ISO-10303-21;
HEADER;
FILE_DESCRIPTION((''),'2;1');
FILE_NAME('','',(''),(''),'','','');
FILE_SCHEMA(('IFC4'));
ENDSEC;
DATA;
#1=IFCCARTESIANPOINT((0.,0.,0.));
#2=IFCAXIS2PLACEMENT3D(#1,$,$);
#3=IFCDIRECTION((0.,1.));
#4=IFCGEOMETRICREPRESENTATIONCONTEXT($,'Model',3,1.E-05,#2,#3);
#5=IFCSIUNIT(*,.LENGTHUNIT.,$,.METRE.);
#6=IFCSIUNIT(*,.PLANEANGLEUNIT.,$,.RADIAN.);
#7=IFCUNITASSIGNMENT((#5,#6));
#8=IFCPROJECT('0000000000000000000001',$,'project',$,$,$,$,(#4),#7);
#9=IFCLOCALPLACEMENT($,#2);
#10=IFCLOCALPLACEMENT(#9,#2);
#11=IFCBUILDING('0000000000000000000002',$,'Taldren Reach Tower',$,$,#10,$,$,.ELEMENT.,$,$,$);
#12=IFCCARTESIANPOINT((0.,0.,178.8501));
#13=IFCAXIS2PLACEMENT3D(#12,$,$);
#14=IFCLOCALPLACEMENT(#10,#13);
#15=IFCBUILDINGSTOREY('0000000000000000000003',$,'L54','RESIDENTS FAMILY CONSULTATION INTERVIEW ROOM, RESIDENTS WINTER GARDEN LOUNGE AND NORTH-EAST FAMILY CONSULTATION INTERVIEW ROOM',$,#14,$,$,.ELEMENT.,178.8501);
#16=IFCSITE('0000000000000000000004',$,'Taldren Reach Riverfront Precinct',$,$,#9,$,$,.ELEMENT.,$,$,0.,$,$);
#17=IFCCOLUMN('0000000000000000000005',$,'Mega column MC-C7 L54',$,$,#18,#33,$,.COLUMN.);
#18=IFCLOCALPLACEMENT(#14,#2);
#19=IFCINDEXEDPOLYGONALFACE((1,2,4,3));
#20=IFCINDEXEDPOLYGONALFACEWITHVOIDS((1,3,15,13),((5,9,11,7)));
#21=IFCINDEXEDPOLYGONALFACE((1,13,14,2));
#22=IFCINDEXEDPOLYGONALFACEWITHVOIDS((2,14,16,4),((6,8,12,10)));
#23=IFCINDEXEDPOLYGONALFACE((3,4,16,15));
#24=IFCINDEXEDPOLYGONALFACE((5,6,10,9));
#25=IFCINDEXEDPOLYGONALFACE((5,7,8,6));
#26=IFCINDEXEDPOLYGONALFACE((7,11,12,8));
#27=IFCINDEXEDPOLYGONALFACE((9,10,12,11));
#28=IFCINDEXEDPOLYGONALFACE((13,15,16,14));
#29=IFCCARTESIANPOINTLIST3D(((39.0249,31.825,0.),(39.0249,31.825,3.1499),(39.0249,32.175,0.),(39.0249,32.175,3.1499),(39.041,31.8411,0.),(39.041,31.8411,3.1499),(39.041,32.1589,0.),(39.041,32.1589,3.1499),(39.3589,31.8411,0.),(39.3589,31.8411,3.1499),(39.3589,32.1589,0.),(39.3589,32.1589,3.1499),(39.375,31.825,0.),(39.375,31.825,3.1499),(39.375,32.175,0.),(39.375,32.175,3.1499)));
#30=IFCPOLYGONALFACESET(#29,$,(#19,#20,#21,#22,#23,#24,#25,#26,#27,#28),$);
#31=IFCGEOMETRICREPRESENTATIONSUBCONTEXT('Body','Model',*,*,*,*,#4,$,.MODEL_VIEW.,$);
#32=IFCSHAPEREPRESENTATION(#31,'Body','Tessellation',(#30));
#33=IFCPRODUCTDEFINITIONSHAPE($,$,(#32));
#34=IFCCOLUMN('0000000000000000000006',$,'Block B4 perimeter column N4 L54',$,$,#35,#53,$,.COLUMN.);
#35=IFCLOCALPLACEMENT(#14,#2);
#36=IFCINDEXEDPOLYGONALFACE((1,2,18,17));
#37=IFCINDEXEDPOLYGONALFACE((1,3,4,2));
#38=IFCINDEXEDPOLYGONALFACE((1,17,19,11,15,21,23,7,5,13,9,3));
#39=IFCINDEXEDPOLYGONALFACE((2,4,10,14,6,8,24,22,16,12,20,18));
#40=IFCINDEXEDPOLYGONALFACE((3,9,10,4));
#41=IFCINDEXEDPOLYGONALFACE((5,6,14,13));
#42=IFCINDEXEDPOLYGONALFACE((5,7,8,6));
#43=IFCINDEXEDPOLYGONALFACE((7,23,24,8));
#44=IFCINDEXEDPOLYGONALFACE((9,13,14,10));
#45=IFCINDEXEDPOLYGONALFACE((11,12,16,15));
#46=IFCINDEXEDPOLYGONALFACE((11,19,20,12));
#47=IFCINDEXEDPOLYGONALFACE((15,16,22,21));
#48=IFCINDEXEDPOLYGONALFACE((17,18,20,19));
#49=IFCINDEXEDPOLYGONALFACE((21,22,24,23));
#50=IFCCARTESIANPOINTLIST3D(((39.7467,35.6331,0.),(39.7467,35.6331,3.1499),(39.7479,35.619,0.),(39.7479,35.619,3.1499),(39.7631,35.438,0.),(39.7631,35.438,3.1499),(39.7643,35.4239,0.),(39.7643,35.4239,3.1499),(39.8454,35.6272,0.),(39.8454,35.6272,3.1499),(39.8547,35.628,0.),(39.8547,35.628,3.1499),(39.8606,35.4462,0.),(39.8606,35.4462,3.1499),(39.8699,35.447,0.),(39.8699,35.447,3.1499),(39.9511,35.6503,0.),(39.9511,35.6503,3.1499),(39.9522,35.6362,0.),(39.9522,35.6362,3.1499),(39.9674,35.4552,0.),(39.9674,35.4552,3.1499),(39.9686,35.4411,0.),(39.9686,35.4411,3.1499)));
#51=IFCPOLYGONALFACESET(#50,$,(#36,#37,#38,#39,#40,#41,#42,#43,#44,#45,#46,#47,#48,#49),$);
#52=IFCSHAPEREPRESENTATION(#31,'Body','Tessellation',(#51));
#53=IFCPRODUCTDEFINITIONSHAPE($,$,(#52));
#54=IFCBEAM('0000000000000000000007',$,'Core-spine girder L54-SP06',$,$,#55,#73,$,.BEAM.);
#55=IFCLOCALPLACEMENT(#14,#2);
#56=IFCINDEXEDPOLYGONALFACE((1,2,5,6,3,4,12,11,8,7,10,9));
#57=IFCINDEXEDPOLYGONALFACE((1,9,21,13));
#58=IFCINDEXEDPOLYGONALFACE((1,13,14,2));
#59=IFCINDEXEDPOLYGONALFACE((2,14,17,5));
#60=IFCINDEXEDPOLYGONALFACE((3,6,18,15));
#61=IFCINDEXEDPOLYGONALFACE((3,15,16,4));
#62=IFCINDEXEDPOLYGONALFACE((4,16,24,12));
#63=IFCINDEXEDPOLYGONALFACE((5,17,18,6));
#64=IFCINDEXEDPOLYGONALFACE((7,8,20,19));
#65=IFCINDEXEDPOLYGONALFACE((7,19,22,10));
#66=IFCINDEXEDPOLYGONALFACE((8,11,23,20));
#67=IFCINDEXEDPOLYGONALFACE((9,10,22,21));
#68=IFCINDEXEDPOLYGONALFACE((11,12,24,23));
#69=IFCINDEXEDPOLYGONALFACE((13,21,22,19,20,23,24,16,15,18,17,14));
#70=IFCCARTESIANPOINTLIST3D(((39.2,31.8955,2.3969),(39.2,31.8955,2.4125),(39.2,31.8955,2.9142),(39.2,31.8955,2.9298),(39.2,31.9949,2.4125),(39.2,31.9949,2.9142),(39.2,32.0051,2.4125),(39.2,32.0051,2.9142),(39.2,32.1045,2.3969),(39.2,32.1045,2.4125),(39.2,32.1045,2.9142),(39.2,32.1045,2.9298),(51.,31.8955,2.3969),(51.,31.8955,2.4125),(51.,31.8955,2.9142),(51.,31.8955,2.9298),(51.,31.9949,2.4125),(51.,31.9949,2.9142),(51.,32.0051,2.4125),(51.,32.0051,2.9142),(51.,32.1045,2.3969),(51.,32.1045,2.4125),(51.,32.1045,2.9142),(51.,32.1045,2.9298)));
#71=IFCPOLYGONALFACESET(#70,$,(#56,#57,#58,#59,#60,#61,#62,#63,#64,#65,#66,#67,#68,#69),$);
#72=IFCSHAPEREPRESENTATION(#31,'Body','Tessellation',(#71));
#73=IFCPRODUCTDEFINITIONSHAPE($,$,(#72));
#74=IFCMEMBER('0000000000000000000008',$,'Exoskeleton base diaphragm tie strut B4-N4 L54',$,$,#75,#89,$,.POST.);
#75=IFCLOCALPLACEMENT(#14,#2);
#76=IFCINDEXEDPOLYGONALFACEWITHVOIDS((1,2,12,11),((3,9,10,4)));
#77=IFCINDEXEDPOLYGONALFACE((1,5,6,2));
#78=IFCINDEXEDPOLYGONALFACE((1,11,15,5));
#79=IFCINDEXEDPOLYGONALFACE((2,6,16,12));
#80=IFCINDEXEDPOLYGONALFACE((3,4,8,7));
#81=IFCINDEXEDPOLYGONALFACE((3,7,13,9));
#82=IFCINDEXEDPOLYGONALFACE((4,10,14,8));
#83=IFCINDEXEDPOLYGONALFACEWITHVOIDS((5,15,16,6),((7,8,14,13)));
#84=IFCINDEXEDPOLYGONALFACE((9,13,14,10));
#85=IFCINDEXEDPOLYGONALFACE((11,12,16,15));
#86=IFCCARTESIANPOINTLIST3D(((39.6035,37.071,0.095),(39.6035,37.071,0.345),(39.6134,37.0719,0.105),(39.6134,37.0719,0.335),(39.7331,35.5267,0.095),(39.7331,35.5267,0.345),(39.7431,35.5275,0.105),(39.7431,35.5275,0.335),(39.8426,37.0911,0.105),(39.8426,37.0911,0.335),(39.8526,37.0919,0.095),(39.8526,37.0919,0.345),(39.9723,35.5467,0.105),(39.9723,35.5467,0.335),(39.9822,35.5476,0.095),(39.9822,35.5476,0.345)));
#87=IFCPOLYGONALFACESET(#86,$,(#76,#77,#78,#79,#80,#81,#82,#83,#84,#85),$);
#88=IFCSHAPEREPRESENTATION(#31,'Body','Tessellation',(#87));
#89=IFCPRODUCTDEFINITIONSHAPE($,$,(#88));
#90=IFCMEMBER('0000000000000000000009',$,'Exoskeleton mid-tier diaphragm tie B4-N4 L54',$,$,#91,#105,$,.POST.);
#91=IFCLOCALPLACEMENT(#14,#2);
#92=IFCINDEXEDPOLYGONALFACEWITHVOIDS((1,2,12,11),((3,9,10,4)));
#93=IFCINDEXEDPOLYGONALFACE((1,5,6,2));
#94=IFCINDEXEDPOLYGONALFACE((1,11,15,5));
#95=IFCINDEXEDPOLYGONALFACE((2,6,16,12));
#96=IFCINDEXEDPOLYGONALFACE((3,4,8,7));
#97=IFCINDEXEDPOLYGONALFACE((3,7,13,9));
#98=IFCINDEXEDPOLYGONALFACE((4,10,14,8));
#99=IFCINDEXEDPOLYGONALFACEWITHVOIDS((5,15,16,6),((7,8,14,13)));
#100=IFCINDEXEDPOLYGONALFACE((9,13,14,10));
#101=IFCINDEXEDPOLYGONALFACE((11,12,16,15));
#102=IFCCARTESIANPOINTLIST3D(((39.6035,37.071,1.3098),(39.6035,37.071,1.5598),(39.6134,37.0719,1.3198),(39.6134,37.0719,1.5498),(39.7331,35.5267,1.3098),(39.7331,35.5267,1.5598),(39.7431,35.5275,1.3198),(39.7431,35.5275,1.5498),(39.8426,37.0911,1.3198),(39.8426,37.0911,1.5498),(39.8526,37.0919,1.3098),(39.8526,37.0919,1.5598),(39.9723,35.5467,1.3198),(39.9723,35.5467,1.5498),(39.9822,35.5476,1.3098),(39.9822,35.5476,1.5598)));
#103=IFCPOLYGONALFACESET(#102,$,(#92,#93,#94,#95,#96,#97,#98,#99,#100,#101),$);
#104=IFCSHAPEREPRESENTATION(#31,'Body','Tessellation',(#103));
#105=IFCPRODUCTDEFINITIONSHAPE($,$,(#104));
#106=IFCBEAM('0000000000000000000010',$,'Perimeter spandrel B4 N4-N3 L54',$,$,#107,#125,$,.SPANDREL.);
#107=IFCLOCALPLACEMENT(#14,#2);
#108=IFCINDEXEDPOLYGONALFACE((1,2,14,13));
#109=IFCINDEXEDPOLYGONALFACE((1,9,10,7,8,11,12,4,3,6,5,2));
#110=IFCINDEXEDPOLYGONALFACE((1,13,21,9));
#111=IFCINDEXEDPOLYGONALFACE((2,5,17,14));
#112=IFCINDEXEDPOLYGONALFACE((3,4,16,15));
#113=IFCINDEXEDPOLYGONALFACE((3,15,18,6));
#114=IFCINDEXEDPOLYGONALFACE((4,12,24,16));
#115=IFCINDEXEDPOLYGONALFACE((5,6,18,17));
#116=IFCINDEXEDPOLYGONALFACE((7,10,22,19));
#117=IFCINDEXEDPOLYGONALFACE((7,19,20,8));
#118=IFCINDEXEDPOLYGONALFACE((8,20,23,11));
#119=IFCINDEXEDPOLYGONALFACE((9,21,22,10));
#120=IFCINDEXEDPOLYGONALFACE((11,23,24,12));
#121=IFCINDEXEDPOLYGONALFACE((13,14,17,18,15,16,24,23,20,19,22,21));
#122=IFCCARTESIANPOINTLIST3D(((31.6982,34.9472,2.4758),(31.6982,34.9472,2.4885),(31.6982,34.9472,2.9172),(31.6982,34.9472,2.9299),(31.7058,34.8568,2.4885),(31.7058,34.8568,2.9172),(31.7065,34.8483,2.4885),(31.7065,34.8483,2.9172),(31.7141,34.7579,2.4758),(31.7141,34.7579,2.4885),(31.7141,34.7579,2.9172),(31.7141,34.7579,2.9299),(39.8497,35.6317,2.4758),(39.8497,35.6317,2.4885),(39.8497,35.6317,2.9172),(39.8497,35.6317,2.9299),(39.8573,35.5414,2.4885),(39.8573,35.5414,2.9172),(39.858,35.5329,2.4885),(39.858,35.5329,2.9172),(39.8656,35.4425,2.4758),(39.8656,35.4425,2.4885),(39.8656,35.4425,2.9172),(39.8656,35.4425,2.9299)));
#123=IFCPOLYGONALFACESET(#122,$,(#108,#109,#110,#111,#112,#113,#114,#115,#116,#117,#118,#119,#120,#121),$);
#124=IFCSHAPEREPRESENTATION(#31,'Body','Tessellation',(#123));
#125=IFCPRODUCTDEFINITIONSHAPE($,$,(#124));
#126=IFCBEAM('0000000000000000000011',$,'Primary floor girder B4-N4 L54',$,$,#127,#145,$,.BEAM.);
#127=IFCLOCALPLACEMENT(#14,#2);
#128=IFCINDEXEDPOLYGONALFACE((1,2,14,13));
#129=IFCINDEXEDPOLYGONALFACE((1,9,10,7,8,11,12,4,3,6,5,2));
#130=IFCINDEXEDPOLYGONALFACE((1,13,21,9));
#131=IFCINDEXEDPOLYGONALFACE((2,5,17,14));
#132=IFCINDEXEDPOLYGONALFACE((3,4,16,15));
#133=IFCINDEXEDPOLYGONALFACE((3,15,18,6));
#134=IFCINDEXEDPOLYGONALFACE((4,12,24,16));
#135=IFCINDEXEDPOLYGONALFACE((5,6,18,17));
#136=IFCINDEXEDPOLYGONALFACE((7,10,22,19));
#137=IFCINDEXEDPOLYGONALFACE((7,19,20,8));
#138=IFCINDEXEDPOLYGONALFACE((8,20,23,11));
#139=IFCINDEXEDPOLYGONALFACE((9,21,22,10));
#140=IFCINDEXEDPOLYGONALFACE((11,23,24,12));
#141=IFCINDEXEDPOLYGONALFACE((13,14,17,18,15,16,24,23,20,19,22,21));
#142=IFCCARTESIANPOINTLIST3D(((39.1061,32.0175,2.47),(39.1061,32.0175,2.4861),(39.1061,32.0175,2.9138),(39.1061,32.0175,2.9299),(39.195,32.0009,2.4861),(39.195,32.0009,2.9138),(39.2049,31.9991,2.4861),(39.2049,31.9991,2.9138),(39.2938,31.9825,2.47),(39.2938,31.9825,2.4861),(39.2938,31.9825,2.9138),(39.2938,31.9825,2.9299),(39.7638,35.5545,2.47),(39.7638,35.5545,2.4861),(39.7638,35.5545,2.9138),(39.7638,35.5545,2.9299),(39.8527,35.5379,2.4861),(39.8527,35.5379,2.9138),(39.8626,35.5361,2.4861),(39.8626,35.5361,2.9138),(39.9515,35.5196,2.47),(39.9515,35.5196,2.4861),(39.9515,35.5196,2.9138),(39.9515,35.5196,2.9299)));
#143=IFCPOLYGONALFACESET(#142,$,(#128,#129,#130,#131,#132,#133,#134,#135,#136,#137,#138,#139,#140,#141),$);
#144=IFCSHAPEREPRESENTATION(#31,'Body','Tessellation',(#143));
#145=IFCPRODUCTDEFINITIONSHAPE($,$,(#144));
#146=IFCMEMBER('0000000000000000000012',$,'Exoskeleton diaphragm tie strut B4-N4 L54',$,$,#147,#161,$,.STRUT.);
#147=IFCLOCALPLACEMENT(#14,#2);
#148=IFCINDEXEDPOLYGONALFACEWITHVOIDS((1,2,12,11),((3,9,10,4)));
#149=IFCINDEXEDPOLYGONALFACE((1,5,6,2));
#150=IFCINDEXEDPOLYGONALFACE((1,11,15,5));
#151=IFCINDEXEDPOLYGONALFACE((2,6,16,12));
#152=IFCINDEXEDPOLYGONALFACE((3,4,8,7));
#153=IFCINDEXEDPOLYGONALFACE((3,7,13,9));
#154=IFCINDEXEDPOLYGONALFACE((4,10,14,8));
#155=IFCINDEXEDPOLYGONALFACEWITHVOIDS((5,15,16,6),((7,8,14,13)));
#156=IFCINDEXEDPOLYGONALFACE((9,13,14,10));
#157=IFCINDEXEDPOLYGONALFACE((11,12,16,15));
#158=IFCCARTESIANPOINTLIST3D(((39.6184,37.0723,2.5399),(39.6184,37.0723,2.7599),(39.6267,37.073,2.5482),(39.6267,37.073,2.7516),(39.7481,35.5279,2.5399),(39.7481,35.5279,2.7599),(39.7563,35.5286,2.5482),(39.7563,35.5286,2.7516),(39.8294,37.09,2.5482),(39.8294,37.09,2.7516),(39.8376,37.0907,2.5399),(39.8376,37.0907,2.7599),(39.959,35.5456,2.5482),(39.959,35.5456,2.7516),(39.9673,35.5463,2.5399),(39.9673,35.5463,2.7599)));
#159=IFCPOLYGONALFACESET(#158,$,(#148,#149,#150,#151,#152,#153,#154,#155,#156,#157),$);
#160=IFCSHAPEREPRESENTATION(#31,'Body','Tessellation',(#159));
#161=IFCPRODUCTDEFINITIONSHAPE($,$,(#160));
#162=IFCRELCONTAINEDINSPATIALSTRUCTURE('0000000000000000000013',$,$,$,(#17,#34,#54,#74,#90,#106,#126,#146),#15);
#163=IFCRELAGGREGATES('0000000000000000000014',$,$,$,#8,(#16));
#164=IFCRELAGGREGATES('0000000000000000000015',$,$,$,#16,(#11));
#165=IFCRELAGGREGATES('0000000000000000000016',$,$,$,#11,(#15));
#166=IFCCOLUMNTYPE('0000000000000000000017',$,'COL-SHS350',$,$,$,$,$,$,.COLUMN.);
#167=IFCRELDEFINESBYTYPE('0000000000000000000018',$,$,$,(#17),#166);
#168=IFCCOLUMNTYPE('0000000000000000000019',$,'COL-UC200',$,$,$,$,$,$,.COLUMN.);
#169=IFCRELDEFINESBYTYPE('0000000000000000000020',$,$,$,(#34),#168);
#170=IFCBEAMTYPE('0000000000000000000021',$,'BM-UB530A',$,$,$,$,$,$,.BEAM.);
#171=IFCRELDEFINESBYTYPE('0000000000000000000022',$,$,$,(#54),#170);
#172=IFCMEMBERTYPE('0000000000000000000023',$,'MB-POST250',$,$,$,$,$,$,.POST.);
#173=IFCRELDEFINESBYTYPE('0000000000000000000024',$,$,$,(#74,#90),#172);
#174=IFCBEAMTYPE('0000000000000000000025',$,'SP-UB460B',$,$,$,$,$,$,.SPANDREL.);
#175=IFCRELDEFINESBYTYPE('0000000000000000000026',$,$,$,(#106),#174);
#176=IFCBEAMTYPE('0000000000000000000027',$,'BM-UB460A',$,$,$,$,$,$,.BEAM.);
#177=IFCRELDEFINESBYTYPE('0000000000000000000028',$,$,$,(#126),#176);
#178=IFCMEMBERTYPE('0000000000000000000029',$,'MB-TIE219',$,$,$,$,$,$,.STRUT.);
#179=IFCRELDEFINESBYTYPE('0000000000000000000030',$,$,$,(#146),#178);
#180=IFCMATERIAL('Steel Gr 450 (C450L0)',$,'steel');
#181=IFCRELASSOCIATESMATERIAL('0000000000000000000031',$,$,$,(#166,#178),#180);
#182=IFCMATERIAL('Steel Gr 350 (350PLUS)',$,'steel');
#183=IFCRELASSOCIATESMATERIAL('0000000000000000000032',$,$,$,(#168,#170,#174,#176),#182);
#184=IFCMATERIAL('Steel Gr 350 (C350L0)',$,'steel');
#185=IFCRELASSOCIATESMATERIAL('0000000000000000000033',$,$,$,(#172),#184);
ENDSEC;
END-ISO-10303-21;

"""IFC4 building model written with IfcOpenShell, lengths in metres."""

from ifc_helpers import new_model, si_unit, direction, frame, origin, origin_2d, place, context, subcontext, project, spatial, hollow_rectangle, i_section, extrude, source, transform, mapped, material, material_profile, profile_set, type_object, element, save


model = new_model("IFC4")

# Units and contexts
model_context = context("Model", 3, precision=1e-05, world=origin(), true_north=direction((0.0, 1.0)))
body_context = subcontext(model_context, "Body", "Model", "MODEL_VIEW")
ifc_project = project(units=[si_unit("LENGTHUNIT", "METRE"), si_unit("PLANEANGLEUNIT", "RADIAN")], contexts=[model_context])

# Site, building, storey
site_placement = place(None, origin())
site = spatial("IfcSite", under=ifc_project, at=site_placement, Name="Taldren Reach Riverfront Precinct", CompositionType="ELEMENT", RefElevation=0.0)
building_placement = place(site_placement, origin())
building = spatial("IfcBuilding", under=site, at=building_placement, Name="Taldren Reach Tower", CompositionType="ELEMENT")
storey_placement = place(building_placement, frame((0.0, 0.0, 178.8501)))
storey = spatial("IfcBuildingStorey", under=building, at=storey_placement, Name="L54", Description="RESIDENTS FAMILY CONSULTATION INTERVIEW ROOM, RESIDENTS WINTER GARDEN LOUNGE AND NORTH-EAST FAMILY CONSULTATION INTERVIEW ROOM", CompositionType="ELEMENT", Elevation=178.8501)

# Columns
ifc_material_1 = material(Name="Steel Gr 450 (C450L0)", Category="steel")
ifc_material_profile_1 = material_profile(ifc_material_1, hollow_rectangle(XDim=0.3501, YDim=0.3501, WallThickness=0.0161, at=origin_2d()), Name="350x350x16.0SHS")
ifc_profile_set_1 = profile_set([ifc_material_profile_1], Name="Steel Gr 450 (C450L0)")
column_type_1 = type_object("IfcColumnType", Name="COL-SHS350", PredefinedType="COLUMN", material=ifc_profile_set_1)
shared_shape_1 = source(origin(), body_context, "Body", "SweptSolid", [
    extrude(hollow_rectangle(XDim=0.3501, YDim=0.3501, WallThickness=0.0161, at=origin_2d()), origin(), (0.0, 0.0, 1.0), 3.1499),
])
column_1_placement = place(storey_placement, frame((39.2, 32.0, 0.0), z_axis=(0.0, 0.0, 1.0), x_axis=(1.0, 0.0, 0.0)))
element("IfcColumn", 1, at=column_1_placement, inside=storey, type_object=column_type_1, Name="Mega column MC-C7 L54", PredefinedType="COLUMN", context=body_context, shape_type="MappedRepresentation", body=[
    mapped(shared_shape_1, transform((0.0, 0.0, 0.0), scale=1.0)),
])
ifc_material_2 = material(Name="Steel Gr 350 (350PLUS)", Category="steel")
ifc_material_profile_2 = material_profile(ifc_material_2, i_section(OverallWidth=0.2051, OverallDepth=0.21, WebThickness=0.0093, FlangeThickness=0.0142, at=origin_2d()), Name="200UC59.5")
ifc_profile_set_2 = profile_set([ifc_material_profile_2], Name="Steel Gr 350 (350PLUS)")
column_type_2 = type_object("IfcColumnType", Name="COL-UC200", PredefinedType="COLUMN", material=ifc_profile_set_2)
shared_shape_2 = source(origin(), body_context, "Body", "SweptSolid", [
    extrude(i_section(OverallWidth=0.2051, OverallDepth=0.21, WebThickness=0.0093, FlangeThickness=0.0142, at=origin_2d()), origin(), (0.0, 0.0, 1.0), 3.1499),
])
column_2_placement = place(storey_placement, frame((39.8577, 35.5371, 0.0), z_axis=(0.0, 0.0, 1.0), x_axis=(0.996493, 0.083678, 0.0)))
element("IfcColumn", 2, at=column_2_placement, inside=storey, type_object=column_type_2, Name="Block B4 perimeter column N4 L54", PredefinedType="COLUMN", context=body_context, shape_type="MappedRepresentation", body=[
    mapped(shared_shape_2, transform((0.0, 0.0, 0.0), scale=1.0)),
])

# Beam
ifc_material_profile_3 = material_profile(ifc_material_2, i_section(OverallWidth=0.209, OverallDepth=0.533, WebThickness=0.0103, FlangeThickness=0.0156, at=origin_2d()), Name="530UB92.4")
ifc_profile_set_3 = profile_set([ifc_material_profile_3], Name="Steel Gr 350 (350PLUS)")
beam_type_1 = type_object("IfcBeamType", Name="BM-UB530A", PredefinedType="BEAM", material=ifc_profile_set_3)
shared_shape_3 = source(origin(), body_context, "Body", "SweptSolid", [
    extrude(i_section(OverallWidth=0.209, OverallDepth=0.533, WebThickness=0.0103, FlangeThickness=0.0156, at=origin_2d()), origin(), (0.0, 0.0, 1.0), 11.8),
])
beam_1_placement = place(storey_placement, frame((39.2, 32.0, 2.6633), z_axis=(1.0, 0.0, 0.0), x_axis=(0.0, 1.0, 0.0)))
element("IfcBeam", 3, at=beam_1_placement, inside=storey, type_object=beam_type_1, Name="Core-spine girder L54-SP06", PredefinedType="BEAM", context=body_context, shape_type="MappedRepresentation", body=[
    mapped(shared_shape_3, transform((0.0, 0.0, 0.0), scale=1.0)),
])

# Members
ifc_material_3 = material(Name="Steel Gr 350 (C350L0)", Category="steel")
ifc_material_profile_4 = material_profile(ifc_material_3, hollow_rectangle(XDim=0.25, YDim=0.25, WallThickness=0.01, at=origin_2d()), Name="250x250x10.0SHS")
ifc_profile_set_4 = profile_set([ifc_material_profile_4], Name="Steel Gr 350 (C350L0)")
member_type_1 = type_object("IfcMemberType", Name="MB-POST250", PredefinedType="POST", material=ifc_profile_set_4)
shared_shape_4 = source(origin(), body_context, "Body", "SweptSolid", [
    extrude(hollow_rectangle(XDim=0.25, YDim=0.25, WallThickness=0.01, at=origin_2d()), origin(), (0.0, 0.0, 1.0), 1.5498),
])
for number, where, z_axis, x_axis, name in (
    (4, (39.8577, 35.5371, 0.22), (-0.083645, 0.996496, 0.0), (-0.996496, -0.083645, 0.0), "Exoskeleton base diaphragm tie strut B4-N4 L54"),
    (5, (39.8577, 35.5371, 1.4348), (-0.083645, 0.996496, 0.0), (-0.996496, -0.083645, 0.0), "Exoskeleton mid-tier diaphragm tie B4-N4 L54"),
):
    element("IfcMember", number, at=place(storey_placement, frame(where, z_axis=z_axis, x_axis=x_axis)), inside=storey, type_object=member_type_1, Name=name, PredefinedType="POST", context=body_context, shape_type="MappedRepresentation", body=[
        mapped(shared_shape_4, transform((0.0, 0.0, 0.0), scale=1.0)),
    ])

# Beams
ifc_material_profile_5 = material_profile(ifc_material_2, i_section(OverallWidth=0.1899, OverallDepth=0.4541, WebThickness=0.0085, FlangeThickness=0.0127, at=origin_2d()), Name="460UB67.1")
ifc_profile_set_5 = profile_set([ifc_material_profile_5], Name="Steel Gr 350 (350PLUS)")
beam_type_2 = type_object("IfcBeamType", Name="SP-UB460B", PredefinedType="SPANDREL", material=ifc_profile_set_5)
shared_shape_5 = source(origin(), body_context, "Body", "SweptSolid", [
    extrude(i_section(OverallWidth=0.1899, OverallDepth=0.4541, WebThickness=0.0085, FlangeThickness=0.0127, at=origin_2d()), origin(), (0.0, 0.0, 1.0), 8.1802),
])
beam_2_placement = place(storey_placement, frame((39.8577, 35.5371, 2.7029), z_axis=(-0.996492, -0.083688, 0.0), x_axis=(0.083688, -0.996492, 0.0)))
element("IfcBeam", 6, at=beam_2_placement, inside=storey, type_object=beam_type_2, Name="Perimeter spandrel B4 N4-N3 L54", PredefinedType="SPANDREL", context=body_context, shape_type="MappedRepresentation", body=[
    mapped(shared_shape_5, transform((0.0, 0.0, 0.0), scale=1.0)),
])
ifc_material_profile_6 = material_profile(ifc_material_2, i_section(OverallWidth=0.1909, OverallDepth=0.46, WebThickness=0.01, FlangeThickness=0.0161, at=origin_2d()), Name="460UB82.1")
ifc_profile_set_6 = profile_set([ifc_material_profile_6], Name="Steel Gr 350 (350PLUS)")
beam_type_3 = type_object("IfcBeamType", Name="BM-UB460A", PredefinedType="BEAM", material=ifc_profile_set_6)
shared_shape_6 = source(origin(), body_context, "Body", "SweptSolid", [
    extrude(i_section(OverallWidth=0.1909, OverallDepth=0.46, WebThickness=0.01, FlangeThickness=0.0161, at=origin_2d()), origin(), (0.0, 0.0, 1.0), 3.5977),
])
beam_3_placement = place(storey_placement, frame((39.2, 32.0, 2.7), z_axis=(0.182813, 0.983148, 0.0), x_axis=(-0.983148, 0.182813, 0.0)))
element("IfcBeam", 7, at=beam_3_placement, inside=storey, type_object=beam_type_3, Name="Primary floor girder B4-N4 L54", PredefinedType="BEAM", context=body_context, shape_type="MappedRepresentation", body=[
    mapped(shared_shape_6, transform((0.0, 0.0, 0.0), scale=1.0)),
])

# Member
ifc_material_profile_7 = material_profile(ifc_material_1, hollow_rectangle(XDim=0.22, YDim=0.22, WallThickness=0.0083, at=origin_2d()), Name="220x220x8.2SHS")
ifc_profile_set_7 = profile_set([ifc_material_profile_7], Name="Steel Gr 450 (C450L0)")
member_type_2 = type_object("IfcMemberType", Name="MB-TIE219", PredefinedType="STRUT", material=ifc_profile_set_7)
shared_shape_7 = source(origin(), body_context, "Body", "SweptSolid", [
    extrude(hollow_rectangle(XDim=0.22, YDim=0.22, WallThickness=0.0083, at=origin_2d()), origin(), (0.0, 0.0, 1.0), 1.5498),
])
member_1_placement = place(storey_placement, frame((39.8577, 35.5371, 2.6499), z_axis=(-0.083645, 0.996496, 0.0), x_axis=(-0.996496, -0.083645, 0.0)))
element("IfcMember", 8, at=member_1_placement, inside=storey, type_object=member_type_2, Name="Exoskeleton diaphragm tie strut B4-N4 L54", PredefinedType="STRUT", context=body_context, shape_type="MappedRepresentation", body=[
    mapped(shared_shape_7, transform((0.0, 0.0, 0.0), scale=1.0)),
])

save(model, "model.ifc")
